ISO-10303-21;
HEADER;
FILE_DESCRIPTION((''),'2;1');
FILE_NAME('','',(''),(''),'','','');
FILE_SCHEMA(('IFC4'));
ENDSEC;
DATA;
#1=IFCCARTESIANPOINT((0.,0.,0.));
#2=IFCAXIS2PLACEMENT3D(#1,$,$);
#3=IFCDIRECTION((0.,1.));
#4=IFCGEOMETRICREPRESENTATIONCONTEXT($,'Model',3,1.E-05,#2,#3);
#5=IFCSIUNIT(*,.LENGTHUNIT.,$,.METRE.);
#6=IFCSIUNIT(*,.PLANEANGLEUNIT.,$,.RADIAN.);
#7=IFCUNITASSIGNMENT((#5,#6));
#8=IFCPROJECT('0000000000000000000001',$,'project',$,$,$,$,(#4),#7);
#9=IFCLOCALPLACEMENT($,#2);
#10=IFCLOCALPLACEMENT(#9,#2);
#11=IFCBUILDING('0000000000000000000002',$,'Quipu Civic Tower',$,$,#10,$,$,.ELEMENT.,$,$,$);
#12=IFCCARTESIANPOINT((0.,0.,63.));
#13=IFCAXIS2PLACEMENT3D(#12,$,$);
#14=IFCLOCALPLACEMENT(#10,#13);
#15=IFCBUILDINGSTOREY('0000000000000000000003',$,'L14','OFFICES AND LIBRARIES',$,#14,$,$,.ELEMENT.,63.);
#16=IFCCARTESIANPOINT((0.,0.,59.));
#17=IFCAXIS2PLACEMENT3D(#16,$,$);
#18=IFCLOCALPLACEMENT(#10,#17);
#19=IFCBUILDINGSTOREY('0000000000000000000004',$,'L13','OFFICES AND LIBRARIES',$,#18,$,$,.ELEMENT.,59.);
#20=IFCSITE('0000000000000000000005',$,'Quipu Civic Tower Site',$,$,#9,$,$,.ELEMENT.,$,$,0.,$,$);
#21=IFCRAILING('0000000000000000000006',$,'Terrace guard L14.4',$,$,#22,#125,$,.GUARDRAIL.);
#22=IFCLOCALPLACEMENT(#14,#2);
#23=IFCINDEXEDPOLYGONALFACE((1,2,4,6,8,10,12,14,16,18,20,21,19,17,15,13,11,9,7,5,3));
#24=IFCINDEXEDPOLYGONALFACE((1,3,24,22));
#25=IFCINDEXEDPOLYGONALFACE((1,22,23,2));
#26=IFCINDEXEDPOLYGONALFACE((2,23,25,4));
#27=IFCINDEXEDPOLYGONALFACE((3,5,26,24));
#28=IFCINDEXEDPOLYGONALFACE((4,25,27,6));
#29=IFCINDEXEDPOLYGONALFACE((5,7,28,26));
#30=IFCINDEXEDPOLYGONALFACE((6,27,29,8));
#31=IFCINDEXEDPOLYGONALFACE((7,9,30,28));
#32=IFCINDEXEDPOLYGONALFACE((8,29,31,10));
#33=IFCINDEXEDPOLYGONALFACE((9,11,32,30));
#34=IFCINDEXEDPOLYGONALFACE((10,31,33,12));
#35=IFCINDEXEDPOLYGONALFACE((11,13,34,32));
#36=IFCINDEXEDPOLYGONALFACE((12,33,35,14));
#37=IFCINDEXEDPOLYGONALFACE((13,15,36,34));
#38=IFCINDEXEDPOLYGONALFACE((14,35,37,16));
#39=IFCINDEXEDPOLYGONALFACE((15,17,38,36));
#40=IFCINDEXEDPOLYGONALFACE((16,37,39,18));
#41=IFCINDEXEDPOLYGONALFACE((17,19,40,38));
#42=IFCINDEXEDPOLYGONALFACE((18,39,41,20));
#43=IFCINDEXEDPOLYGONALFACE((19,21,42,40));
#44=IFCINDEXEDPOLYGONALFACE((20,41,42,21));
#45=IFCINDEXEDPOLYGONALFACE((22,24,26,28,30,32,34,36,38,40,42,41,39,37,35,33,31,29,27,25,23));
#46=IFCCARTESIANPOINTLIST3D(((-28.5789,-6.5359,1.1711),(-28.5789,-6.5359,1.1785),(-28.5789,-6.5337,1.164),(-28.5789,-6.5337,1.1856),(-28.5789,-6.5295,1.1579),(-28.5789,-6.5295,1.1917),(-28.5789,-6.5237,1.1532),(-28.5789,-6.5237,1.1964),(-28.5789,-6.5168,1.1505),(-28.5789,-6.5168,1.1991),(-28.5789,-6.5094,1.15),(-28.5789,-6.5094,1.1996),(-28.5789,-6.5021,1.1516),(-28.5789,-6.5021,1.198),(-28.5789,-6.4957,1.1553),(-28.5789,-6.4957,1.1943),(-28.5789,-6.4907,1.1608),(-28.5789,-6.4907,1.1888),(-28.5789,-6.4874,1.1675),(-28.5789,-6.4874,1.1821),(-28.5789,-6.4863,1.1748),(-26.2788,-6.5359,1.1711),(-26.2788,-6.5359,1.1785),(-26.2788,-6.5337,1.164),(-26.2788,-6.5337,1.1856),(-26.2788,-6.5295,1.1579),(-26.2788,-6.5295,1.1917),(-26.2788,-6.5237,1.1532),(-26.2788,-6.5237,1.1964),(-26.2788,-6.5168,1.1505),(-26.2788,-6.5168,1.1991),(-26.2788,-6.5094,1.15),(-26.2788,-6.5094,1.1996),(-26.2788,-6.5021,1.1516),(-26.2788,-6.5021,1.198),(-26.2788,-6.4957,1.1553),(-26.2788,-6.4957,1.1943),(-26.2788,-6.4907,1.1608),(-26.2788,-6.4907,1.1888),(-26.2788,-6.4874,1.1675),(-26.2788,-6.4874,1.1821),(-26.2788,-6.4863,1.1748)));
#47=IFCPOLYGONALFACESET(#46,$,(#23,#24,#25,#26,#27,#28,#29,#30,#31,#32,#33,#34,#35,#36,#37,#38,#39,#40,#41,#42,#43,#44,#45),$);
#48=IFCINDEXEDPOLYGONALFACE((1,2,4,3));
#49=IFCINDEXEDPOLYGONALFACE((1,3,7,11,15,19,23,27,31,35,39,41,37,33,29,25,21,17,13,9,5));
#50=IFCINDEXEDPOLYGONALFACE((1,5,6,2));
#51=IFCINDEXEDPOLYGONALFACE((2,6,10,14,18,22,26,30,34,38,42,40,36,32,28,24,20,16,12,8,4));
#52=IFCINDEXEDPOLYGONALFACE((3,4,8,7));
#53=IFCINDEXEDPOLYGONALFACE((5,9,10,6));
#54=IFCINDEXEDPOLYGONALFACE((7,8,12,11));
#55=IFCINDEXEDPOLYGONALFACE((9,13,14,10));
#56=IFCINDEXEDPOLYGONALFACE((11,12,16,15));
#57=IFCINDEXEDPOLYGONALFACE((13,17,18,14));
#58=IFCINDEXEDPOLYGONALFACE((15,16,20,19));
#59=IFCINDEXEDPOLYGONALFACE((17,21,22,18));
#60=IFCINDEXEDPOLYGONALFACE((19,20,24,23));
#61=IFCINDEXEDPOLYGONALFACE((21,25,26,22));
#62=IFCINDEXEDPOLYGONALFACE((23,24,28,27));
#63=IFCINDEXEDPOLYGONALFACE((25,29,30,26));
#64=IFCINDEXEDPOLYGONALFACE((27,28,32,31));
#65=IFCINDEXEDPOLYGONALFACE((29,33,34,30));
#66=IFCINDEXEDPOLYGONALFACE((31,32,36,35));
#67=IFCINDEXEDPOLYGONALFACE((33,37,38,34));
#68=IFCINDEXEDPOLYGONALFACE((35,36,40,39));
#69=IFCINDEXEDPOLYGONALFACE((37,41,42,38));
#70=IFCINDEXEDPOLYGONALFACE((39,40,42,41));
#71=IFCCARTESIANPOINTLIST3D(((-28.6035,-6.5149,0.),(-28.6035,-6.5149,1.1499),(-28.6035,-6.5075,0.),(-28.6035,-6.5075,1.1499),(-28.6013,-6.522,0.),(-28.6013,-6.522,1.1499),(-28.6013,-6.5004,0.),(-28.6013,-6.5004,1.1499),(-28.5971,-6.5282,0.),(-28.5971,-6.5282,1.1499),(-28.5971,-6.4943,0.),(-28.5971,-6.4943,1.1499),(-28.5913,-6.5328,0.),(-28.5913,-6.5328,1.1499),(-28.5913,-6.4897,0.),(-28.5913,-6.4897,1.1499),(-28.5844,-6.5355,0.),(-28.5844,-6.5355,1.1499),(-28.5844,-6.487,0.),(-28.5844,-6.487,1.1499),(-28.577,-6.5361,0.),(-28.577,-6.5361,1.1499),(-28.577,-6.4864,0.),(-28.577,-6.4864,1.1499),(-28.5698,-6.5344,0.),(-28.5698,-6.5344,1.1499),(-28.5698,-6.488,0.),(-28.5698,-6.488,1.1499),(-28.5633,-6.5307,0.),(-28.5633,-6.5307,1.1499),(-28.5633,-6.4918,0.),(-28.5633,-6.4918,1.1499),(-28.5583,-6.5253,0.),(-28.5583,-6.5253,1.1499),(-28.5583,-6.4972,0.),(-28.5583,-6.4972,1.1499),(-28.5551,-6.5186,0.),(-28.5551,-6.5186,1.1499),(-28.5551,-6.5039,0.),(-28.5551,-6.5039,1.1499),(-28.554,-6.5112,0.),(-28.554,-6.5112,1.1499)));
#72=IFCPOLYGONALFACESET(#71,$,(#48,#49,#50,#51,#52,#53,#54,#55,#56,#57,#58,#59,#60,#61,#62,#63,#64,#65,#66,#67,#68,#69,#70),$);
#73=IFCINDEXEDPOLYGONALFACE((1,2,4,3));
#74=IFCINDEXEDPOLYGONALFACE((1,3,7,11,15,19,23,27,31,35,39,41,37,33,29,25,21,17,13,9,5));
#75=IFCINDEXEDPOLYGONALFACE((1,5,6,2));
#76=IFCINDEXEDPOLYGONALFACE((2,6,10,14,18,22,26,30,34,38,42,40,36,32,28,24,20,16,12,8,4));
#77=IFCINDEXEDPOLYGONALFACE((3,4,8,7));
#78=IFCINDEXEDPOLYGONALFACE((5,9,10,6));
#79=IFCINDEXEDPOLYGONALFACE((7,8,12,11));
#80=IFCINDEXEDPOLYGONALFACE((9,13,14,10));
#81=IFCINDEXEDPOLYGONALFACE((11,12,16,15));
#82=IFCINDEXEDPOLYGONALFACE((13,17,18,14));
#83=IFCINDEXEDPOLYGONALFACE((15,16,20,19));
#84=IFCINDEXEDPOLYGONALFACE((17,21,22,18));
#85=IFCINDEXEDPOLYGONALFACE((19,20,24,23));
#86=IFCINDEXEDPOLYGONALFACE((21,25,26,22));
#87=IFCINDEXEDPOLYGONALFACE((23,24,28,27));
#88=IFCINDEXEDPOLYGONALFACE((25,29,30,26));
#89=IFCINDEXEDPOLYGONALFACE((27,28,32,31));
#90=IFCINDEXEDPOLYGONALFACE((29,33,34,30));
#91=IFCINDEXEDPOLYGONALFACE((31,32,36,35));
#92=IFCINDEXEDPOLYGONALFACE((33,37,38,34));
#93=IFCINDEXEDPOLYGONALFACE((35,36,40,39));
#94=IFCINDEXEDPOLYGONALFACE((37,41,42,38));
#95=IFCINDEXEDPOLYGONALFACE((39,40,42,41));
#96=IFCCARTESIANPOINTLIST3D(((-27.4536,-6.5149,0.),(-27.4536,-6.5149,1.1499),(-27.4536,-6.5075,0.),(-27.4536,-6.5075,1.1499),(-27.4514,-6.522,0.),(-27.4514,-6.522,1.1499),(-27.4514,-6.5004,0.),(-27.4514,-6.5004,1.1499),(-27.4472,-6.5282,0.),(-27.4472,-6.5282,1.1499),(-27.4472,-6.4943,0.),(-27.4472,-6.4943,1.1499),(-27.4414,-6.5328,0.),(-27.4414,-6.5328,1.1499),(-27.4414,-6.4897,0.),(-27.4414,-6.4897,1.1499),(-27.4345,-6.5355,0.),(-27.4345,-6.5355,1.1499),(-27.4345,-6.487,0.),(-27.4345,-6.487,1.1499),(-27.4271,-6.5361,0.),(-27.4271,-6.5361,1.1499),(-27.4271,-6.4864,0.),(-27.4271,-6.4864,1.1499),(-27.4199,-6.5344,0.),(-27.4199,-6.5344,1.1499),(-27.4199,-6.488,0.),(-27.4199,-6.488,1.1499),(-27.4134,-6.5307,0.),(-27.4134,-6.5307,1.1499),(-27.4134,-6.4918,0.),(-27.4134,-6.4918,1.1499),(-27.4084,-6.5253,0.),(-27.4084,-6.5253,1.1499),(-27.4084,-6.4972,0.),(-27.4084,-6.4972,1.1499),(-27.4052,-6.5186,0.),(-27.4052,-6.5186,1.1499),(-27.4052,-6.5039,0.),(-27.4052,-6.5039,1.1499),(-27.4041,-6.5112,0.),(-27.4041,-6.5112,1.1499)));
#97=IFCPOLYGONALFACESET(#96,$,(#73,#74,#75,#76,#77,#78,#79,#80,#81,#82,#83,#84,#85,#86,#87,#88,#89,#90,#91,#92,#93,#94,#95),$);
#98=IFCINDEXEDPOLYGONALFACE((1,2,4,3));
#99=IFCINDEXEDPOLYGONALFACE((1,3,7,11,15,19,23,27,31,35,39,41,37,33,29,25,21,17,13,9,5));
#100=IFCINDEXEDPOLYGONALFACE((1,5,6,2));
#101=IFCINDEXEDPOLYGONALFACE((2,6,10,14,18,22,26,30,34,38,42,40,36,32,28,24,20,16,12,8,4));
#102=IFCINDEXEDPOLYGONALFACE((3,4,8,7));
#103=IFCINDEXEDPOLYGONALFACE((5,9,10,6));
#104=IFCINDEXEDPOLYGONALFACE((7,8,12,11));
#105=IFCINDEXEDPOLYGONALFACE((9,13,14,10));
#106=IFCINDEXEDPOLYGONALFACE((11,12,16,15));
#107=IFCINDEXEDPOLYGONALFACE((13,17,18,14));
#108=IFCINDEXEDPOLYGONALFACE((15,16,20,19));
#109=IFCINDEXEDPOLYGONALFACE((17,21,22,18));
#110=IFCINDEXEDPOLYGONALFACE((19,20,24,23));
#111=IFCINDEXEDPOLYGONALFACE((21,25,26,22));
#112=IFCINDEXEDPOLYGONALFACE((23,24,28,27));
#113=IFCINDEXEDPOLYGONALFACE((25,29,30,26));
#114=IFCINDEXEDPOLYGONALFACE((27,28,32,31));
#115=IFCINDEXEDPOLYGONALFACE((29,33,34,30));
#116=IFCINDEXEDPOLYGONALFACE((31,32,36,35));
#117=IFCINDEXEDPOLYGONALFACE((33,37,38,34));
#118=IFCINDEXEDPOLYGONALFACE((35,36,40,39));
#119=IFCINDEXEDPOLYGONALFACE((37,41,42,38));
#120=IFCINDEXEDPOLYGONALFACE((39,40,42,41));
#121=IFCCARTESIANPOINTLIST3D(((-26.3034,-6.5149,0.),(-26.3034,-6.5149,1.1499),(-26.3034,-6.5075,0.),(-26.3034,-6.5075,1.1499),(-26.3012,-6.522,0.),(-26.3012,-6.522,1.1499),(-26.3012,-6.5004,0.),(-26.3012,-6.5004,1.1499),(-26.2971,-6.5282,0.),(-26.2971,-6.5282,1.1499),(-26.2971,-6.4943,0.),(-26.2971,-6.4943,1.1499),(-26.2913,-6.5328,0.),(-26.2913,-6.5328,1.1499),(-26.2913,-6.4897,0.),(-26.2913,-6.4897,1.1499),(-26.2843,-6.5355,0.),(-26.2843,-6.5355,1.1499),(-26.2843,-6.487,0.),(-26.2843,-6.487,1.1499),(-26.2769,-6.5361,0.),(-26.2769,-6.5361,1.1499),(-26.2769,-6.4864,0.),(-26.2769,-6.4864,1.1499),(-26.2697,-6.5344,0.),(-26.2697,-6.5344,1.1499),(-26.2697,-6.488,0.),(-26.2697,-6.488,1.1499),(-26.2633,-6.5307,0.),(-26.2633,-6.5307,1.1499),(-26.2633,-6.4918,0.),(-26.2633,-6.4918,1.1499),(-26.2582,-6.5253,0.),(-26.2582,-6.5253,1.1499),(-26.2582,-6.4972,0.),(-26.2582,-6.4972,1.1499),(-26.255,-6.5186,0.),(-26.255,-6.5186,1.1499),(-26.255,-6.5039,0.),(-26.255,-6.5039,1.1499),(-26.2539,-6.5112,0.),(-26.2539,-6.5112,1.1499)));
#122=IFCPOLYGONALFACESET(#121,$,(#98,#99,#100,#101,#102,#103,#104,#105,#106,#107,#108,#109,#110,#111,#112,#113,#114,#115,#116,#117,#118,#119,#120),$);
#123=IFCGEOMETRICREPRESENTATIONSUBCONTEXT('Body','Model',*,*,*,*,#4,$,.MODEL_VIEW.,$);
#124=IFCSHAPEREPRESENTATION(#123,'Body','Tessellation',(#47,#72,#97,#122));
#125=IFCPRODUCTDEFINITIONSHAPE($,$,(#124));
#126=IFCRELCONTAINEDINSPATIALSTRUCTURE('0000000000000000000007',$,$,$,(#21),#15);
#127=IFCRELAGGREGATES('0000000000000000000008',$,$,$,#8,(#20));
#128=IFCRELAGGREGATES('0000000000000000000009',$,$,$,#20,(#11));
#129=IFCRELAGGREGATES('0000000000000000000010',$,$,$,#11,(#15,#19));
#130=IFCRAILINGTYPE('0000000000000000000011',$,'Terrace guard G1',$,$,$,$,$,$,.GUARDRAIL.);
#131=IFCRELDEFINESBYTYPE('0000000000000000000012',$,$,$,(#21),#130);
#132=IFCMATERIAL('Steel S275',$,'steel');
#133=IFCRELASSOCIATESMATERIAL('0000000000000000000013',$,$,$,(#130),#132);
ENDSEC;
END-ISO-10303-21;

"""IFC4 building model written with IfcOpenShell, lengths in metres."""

from ifc_helpers import new_model, si_unit, direction, frame, origin, origin_2d, place, context, subcontext, project, spatial, circle, extrude, material, type_object, element, save


model = new_model("IFC4")

# Units and contexts
model_context = context("Model", 3, precision=1e-05, world=origin(), true_north=direction((0.0, 1.0)))
body_context = subcontext(model_context, "Body", "Model", "MODEL_VIEW")
ifc_project = project(units=[si_unit("LENGTHUNIT", "METRE"), si_unit("PLANEANGLEUNIT", "RADIAN")], contexts=[model_context])

# Site, building, storey
site_placement = place(None, origin())
site = spatial("IfcSite", under=ifc_project, at=site_placement, Name="Quipu Civic Tower Site", CompositionType="ELEMENT", RefElevation=0.0)
building_placement = place(site_placement, origin())
building = spatial("IfcBuilding", under=site, at=building_placement, Name="Quipu Civic Tower", CompositionType="ELEMENT")
storey_1_placement = place(building_placement, frame((0.0, 0.0, 63.0)))
storey_1 = spatial("IfcBuildingStorey", under=building, at=storey_1_placement, Name="L14", Description="OFFICES AND LIBRARIES", CompositionType="ELEMENT", Elevation=63.0)

# Shared definitions
storey_2_placement = place(building_placement, frame((0.0, 0.0, 59.0)))
storey_2 = spatial("IfcBuildingStorey", under=building, at=storey_2_placement, Name="L13", Description="OFFICES AND LIBRARIES", CompositionType="ELEMENT", Elevation=59.0)

# Railing
ifc_material_1 = material(Name="Steel S275", Category="steel")
railing_type = type_object("IfcRailingType", Name="Terrace guard G1", PredefinedType="GUARDRAIL", material=ifc_material_1)
railing_1_placement = place(storey_1_placement, frame((-28.5789, -6.5112, 0.0)))
element("IfcRailing", 1, at=railing_1_placement, inside=storey_1, type_object=railing_type, Name="Terrace guard L14.4", PredefinedType="GUARDRAIL", context=body_context, shape_type="SweptSolid", body=[
    extrude(circle(Radius=0.0249, at=origin_2d()), frame((0.0, 0.0, 1.1748), z_axis=(1.0, 0.0, 0.0), x_axis=(0.0, 1.0, 0.0)), (0.0, 0.0, 1.0), 2.3),
    extrude(circle(Radius=0.0249, at=origin_2d()), origin(), (0.0, 0.0, 1.0), 1.1499),
    extrude(circle(Radius=0.0249, at=origin_2d()), frame((1.1499, 0.0, 0.0)), (0.0, 0.0, 1.0), 1.1499),
    extrude(circle(Radius=0.0249, at=origin_2d()), frame((2.3, 0.0, 0.0)), (0.0, 0.0, 1.0), 1.1499),
])

save(model, "model.ifc")
